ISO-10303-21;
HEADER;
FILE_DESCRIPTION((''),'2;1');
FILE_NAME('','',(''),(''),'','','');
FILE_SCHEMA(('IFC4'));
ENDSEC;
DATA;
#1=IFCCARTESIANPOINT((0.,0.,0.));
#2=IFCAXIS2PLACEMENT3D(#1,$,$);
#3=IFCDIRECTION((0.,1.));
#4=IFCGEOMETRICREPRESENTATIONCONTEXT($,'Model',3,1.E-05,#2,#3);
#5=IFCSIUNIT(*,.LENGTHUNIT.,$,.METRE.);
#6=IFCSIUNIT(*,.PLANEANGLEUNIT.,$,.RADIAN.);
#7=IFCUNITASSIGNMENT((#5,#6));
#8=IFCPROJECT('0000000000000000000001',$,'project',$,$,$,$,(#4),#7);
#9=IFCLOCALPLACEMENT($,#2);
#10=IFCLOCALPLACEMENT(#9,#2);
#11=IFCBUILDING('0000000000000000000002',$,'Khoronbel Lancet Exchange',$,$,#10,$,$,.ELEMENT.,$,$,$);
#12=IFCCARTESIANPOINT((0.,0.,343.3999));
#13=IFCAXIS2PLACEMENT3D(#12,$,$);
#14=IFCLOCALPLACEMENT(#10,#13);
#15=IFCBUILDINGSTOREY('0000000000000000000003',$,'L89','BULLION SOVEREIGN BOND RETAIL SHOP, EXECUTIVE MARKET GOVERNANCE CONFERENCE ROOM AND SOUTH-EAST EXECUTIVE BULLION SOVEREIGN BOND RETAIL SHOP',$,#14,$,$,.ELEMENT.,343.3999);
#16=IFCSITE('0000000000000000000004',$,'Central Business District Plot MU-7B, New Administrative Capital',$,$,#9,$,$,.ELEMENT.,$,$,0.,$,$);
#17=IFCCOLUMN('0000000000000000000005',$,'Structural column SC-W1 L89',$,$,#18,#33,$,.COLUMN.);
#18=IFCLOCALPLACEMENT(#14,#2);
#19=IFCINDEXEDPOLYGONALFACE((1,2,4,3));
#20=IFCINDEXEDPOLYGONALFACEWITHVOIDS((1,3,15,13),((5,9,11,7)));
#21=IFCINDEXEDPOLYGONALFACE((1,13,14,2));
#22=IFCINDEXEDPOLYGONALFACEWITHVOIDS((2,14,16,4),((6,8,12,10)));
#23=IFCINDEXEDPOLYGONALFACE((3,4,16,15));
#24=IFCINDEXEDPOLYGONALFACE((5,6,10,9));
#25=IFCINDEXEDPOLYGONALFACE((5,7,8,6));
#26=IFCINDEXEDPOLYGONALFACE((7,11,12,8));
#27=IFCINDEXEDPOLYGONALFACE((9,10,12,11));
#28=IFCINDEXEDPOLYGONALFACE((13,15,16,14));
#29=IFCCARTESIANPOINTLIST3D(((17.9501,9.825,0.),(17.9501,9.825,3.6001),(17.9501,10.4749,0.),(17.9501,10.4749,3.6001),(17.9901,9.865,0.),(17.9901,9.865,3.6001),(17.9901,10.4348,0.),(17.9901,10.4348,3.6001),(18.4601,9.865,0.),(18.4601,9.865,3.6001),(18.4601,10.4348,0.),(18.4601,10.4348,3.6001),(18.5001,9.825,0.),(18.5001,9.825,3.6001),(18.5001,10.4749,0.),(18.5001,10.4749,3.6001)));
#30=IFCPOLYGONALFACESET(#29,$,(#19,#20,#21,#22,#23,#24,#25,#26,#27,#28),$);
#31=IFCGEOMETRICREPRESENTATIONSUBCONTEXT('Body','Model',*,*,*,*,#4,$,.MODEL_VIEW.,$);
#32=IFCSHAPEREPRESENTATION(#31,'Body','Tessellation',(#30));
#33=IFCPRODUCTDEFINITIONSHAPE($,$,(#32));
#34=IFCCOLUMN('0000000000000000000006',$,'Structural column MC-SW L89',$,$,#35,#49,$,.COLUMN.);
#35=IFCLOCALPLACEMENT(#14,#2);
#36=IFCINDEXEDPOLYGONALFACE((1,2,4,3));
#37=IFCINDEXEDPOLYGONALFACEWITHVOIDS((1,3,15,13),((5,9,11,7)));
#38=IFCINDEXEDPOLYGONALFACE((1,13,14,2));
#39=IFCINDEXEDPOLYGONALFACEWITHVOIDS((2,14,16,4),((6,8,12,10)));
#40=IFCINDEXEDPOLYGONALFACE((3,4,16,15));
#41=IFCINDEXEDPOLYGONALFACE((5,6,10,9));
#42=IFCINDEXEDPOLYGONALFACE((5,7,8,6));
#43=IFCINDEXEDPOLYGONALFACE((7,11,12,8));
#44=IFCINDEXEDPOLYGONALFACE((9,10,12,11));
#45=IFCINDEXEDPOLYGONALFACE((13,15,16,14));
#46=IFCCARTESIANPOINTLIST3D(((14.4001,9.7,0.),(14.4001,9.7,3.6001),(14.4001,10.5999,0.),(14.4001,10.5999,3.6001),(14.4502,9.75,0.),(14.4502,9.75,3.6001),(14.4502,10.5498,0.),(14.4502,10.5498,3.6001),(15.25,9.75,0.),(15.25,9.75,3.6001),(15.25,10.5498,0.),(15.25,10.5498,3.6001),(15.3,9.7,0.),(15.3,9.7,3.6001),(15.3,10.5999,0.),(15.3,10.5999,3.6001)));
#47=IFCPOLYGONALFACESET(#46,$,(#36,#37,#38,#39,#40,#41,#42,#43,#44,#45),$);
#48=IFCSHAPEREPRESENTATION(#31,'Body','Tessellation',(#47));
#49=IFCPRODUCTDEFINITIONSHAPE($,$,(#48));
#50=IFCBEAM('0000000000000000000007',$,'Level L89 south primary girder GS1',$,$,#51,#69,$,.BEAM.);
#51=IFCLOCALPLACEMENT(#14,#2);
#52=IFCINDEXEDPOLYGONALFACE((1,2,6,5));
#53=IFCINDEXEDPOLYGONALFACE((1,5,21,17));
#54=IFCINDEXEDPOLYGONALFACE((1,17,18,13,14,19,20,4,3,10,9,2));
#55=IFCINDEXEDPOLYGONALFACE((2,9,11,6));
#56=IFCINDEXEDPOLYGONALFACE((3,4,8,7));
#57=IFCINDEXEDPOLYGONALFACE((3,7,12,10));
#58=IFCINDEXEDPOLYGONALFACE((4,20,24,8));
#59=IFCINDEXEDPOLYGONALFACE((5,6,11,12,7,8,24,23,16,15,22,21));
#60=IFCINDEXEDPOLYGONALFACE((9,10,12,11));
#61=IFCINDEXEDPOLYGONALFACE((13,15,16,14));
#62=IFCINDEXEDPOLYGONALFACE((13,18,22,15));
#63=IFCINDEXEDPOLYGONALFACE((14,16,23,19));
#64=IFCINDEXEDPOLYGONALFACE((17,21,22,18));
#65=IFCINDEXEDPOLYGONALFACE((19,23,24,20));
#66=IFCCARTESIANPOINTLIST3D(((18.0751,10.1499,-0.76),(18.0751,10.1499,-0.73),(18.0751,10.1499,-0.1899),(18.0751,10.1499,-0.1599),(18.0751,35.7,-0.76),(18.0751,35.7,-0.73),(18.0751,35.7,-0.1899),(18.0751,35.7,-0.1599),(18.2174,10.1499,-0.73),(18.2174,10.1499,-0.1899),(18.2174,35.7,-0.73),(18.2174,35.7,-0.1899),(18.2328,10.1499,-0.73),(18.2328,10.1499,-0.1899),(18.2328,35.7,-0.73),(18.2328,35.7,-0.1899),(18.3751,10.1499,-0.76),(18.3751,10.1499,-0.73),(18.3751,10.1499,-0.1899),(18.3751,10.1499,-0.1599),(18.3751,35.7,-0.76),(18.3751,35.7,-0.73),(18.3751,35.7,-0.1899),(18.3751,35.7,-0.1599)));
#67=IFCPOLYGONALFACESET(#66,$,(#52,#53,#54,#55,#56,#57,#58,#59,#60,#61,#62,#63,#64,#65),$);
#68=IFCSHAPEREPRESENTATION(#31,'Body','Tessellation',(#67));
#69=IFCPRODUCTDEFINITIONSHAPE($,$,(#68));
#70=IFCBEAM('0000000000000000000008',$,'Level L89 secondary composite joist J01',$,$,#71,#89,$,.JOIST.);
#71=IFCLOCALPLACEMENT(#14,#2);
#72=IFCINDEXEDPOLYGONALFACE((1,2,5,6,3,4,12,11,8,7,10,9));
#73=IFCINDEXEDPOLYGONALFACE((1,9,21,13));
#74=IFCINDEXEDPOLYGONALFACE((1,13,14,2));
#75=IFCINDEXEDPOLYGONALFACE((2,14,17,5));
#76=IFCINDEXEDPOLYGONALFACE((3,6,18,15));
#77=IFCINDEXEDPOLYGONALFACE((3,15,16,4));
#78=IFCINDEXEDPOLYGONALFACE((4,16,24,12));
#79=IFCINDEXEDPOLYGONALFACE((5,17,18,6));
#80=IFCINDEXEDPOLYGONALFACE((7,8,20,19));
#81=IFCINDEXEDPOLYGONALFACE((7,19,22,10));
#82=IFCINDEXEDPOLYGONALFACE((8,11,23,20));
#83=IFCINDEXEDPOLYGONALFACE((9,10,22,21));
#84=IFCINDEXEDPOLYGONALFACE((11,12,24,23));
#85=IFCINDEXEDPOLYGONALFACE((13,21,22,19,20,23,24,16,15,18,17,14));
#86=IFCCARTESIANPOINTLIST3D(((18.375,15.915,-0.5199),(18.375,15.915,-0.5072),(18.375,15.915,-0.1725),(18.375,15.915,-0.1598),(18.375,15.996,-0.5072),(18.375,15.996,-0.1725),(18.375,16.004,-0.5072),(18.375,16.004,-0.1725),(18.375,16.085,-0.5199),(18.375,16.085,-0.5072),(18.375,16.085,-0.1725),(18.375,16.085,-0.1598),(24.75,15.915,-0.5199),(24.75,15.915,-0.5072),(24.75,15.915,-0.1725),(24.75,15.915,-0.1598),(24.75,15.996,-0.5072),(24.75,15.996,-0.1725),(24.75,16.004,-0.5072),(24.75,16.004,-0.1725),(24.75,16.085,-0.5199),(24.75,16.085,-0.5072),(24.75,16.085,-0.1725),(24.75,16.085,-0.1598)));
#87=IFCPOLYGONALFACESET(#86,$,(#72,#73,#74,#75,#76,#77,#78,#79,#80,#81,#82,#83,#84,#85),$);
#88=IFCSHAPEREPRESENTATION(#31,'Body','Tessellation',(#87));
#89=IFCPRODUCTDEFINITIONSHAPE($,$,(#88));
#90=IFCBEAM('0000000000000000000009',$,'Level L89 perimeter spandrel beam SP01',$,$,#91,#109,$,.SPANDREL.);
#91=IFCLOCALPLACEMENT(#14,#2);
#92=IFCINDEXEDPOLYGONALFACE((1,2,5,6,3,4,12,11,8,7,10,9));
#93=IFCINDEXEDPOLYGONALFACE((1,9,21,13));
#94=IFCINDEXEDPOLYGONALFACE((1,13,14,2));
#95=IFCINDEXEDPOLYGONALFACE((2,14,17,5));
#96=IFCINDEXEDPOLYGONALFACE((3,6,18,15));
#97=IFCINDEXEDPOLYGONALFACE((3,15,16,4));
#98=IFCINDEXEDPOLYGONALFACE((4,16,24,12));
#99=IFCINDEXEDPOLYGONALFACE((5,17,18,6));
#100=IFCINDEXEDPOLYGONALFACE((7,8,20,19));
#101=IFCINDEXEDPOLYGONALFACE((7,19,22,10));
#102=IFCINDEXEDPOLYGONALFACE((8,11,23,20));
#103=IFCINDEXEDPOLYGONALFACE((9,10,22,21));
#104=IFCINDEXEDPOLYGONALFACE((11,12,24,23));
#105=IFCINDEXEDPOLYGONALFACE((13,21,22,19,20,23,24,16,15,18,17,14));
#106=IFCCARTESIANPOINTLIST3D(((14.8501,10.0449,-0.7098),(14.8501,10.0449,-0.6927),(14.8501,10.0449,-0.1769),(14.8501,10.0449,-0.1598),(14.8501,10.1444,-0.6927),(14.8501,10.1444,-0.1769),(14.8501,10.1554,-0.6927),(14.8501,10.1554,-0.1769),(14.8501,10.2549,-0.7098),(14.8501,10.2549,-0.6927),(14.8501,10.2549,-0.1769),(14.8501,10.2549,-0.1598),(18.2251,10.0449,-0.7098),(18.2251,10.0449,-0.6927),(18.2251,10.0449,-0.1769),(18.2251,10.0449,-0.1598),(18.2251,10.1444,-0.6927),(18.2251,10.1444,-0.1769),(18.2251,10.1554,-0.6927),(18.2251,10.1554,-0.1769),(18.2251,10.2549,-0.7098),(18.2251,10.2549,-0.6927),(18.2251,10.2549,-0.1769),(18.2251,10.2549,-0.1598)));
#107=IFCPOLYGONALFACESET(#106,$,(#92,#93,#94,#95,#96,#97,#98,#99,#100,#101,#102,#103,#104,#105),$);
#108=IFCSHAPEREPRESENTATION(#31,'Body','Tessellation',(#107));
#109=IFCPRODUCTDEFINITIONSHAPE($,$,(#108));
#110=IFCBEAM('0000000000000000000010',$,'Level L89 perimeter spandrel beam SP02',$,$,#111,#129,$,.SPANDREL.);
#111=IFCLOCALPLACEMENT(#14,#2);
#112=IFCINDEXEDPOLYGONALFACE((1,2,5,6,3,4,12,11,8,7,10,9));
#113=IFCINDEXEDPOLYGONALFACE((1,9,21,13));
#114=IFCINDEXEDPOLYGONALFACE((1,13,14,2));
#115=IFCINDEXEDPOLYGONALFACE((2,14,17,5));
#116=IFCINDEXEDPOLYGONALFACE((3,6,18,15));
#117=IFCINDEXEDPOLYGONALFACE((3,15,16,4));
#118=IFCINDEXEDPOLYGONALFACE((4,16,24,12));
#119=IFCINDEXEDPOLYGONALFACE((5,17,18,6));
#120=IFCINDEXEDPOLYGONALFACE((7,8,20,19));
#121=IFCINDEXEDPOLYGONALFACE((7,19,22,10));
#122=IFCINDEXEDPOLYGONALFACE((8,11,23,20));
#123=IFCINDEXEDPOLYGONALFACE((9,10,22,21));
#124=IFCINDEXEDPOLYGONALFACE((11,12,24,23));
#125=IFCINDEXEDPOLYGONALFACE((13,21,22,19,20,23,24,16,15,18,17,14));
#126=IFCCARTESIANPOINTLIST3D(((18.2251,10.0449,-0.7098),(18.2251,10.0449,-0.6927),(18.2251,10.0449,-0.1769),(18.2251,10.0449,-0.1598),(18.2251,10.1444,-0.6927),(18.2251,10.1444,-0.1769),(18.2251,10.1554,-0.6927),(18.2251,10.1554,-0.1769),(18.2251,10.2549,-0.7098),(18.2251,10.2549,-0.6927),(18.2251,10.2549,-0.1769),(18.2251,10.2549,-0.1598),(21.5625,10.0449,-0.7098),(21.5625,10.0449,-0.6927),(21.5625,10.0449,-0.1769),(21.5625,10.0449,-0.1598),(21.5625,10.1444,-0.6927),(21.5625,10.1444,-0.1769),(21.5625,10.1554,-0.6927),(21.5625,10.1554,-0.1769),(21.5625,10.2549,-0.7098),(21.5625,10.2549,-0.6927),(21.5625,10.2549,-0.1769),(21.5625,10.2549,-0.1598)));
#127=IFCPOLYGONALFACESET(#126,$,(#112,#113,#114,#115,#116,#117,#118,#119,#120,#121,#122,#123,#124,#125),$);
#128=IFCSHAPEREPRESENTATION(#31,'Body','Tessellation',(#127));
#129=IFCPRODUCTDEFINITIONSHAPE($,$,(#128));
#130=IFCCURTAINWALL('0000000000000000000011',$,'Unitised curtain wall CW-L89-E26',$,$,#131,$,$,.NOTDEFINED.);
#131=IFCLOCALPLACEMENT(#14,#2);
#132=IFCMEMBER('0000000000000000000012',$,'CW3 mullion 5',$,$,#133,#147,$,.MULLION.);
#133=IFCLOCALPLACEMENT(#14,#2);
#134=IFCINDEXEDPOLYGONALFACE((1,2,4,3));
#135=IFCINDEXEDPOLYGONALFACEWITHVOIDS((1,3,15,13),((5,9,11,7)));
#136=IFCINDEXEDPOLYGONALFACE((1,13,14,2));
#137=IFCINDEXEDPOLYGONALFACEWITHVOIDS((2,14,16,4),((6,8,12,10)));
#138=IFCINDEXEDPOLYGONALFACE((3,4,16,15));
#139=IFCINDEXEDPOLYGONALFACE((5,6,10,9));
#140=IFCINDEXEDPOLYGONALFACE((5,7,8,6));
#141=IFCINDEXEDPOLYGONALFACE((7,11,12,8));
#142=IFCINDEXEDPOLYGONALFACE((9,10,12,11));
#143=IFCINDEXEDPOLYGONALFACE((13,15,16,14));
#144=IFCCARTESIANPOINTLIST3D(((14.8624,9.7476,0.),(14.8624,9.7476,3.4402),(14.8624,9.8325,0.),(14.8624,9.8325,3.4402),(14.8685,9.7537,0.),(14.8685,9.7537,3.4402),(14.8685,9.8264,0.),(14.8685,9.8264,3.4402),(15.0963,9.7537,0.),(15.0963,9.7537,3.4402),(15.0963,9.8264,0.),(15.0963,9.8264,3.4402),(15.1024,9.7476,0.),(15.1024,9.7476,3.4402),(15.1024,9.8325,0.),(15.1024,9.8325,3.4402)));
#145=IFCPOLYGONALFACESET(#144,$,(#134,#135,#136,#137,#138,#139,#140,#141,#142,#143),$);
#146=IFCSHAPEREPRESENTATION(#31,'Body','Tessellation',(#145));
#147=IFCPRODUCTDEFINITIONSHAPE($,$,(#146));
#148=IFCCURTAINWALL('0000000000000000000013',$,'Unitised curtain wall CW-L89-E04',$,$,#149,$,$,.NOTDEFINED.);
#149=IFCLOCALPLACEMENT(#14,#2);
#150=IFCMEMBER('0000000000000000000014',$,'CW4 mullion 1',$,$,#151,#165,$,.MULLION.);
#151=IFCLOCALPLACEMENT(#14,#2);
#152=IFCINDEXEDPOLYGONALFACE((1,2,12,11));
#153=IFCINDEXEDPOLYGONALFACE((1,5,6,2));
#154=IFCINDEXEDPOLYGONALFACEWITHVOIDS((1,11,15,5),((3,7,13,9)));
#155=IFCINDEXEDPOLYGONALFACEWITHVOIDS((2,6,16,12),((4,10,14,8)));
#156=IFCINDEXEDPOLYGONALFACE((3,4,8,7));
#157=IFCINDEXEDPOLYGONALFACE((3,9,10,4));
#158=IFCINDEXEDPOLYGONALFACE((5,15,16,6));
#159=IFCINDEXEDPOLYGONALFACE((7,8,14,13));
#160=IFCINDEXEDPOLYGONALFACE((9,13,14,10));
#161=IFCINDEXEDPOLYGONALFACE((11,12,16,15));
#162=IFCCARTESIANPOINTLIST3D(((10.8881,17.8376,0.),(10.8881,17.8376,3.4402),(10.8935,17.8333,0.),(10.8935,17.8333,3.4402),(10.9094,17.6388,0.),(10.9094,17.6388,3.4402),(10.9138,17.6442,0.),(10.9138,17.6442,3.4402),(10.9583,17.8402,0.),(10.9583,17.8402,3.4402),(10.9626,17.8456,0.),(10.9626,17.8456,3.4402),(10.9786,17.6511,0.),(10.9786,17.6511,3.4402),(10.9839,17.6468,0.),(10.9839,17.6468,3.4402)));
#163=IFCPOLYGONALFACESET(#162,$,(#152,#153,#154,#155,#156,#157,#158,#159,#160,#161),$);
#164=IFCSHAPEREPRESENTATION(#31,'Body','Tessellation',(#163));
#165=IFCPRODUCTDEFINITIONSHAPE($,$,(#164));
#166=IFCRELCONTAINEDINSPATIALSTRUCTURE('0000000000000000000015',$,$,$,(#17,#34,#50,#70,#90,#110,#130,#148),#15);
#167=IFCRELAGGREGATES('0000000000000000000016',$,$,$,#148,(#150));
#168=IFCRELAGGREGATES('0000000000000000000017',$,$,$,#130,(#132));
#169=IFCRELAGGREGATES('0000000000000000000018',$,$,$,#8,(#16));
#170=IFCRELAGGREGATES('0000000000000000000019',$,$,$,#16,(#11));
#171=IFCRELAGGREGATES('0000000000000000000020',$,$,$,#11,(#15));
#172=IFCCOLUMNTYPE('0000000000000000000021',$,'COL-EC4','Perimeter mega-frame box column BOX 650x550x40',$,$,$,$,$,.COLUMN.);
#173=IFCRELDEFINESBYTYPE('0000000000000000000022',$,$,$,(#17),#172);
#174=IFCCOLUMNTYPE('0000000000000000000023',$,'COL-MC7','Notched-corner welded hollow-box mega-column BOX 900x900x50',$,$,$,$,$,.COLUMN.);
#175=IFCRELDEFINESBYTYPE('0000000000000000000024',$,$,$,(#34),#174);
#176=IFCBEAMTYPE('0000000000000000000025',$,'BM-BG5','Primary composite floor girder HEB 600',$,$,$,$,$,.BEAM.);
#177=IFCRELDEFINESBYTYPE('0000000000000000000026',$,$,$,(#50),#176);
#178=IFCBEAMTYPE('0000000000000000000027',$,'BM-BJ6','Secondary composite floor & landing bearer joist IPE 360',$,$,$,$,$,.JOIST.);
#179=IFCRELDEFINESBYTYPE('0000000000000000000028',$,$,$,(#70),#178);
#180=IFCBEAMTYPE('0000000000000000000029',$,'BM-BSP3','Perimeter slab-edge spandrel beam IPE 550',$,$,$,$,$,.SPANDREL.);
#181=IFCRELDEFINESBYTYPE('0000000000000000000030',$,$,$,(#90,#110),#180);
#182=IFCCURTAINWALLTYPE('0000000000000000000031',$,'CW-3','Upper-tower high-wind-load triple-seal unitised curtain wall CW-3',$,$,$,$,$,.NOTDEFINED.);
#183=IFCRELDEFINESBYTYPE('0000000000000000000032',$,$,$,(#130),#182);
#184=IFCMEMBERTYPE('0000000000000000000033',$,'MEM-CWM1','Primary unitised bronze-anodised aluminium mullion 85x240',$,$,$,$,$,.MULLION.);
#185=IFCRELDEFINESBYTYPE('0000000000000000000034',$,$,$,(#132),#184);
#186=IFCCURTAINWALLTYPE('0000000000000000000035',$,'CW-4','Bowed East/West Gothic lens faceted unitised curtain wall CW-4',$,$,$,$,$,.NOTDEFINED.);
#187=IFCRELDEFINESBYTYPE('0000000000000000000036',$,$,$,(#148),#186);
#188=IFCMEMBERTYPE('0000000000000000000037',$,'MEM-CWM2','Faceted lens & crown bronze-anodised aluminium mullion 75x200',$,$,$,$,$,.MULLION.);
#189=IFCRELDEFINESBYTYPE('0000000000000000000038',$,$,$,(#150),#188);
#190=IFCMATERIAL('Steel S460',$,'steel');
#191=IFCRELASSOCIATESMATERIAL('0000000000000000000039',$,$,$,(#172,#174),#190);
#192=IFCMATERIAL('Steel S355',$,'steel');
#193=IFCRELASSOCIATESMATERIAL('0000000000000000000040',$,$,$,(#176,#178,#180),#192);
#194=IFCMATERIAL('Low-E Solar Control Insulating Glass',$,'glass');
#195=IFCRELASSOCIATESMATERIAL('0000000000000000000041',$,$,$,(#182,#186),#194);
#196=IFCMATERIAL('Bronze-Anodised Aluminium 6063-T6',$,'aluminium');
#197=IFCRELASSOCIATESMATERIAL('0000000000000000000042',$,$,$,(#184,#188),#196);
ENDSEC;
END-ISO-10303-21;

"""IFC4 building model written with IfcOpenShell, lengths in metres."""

from ifc_helpers import new_model, si_unit, direction, frame, origin, origin_2d, place, context, subcontext, project, spatial, hollow_rectangle, i_section, extrude, material, material_profile, profile_set, type_object, element, aggregate, save


model = new_model("IFC4")

# Units and contexts
model_context = context("Model", 3, precision=1e-05, world=origin(), true_north=direction((0.0, 1.0)))
body_context = subcontext(model_context, "Body", "Model", "MODEL_VIEW")
ifc_project = project(units=[si_unit("LENGTHUNIT", "METRE"), si_unit("PLANEANGLEUNIT", "RADIAN")], contexts=[model_context])

# Site, building, storey
site_placement = place(None, origin())
site = spatial("IfcSite", under=ifc_project, at=site_placement, Name="Central Business District Plot MU-7B, New Administrative Capital", CompositionType="ELEMENT", RefElevation=0.0)
building_placement = place(site_placement, origin())
building = spatial("IfcBuilding", under=site, at=building_placement, Name="Khoronbel Lancet Exchange", CompositionType="ELEMENT")
storey_placement = place(building_placement, frame((0.0, 0.0, 343.3999)))
storey = spatial("IfcBuildingStorey", under=building, at=storey_placement, Name="L89", Description="BULLION SOVEREIGN BOND RETAIL SHOP, EXECUTIVE MARKET GOVERNANCE CONFERENCE ROOM AND SOUTH-EAST EXECUTIVE BULLION SOVEREIGN BOND RETAIL SHOP", CompositionType="ELEMENT", Elevation=343.3999)

# Columns
ifc_material_1 = material(Name="Steel S460", Category="steel")
ifc_material_profile_1 = material_profile(ifc_material_1, hollow_rectangle(XDim=0.55, YDim=0.6499, WallThickness=0.04, at=origin_2d()), Name="BOX 650x550x40")
ifc_profile_set_1 = profile_set([ifc_material_profile_1], Name="Steel S460")
column_type_1 = type_object("IfcColumnType", Name="COL-EC4", Description="Perimeter mega-frame box column BOX 650x550x40", PredefinedType="COLUMN", material=ifc_profile_set_1)
column_1_placement = place(storey_placement, frame((18.2251, 10.1499, 0.0), z_axis=(0.0, 0.0, 1.0), x_axis=(1.0, 0.0, 0.0)))
element("IfcColumn", 1, at=column_1_placement, inside=storey, type_object=column_type_1, Name="Structural column SC-W1 L89", PredefinedType="COLUMN", context=body_context, shape_type="SweptSolid", body=[
    extrude(hollow_rectangle(XDim=0.55, YDim=0.6499, WallThickness=0.04, at=origin_2d()), origin(), (0.0, 0.0, 1.0), 3.6001),
])
ifc_material_profile_2 = material_profile(ifc_material_1, hollow_rectangle(XDim=0.8999, YDim=0.8999, WallThickness=0.05, at=origin_2d()), Name="BOX 900x900x50")
ifc_profile_set_2 = profile_set([ifc_material_profile_2], Name="Steel S460")
column_type_2 = type_object("IfcColumnType", Name="COL-MC7", Description="Notched-corner welded hollow-box mega-column BOX 900x900x50", PredefinedType="COLUMN", material=ifc_profile_set_2)
column_2_placement = place(storey_placement, frame((14.8501, 10.1499, 0.0), z_axis=(0.0, 0.0, 1.0), x_axis=(1.0, 0.0, 0.0)))
element("IfcColumn", 2, at=column_2_placement, inside=storey, type_object=column_type_2, Name="Structural column MC-SW L89", PredefinedType="COLUMN", context=body_context, shape_type="SweptSolid", body=[
    extrude(hollow_rectangle(XDim=0.8999, YDim=0.8999, WallThickness=0.05, at=origin_2d()), origin(), (0.0, 0.0, 1.0), 3.6001),
])

# Beams
ifc_material_2 = material(Name="Steel S355", Category="steel")
ifc_material_profile_3 = material_profile(ifc_material_2, i_section(OverallWidth=0.3, OverallDepth=0.6001, WebThickness=0.0154, FlangeThickness=0.03, at=origin_2d()), Name="HEB 600")
ifc_profile_set_3 = profile_set([ifc_material_profile_3], Name="Steel S355")
beam_type_1 = type_object("IfcBeamType", Name="BM-BG5", Description="Primary composite floor girder HEB 600", PredefinedType="BEAM", material=ifc_profile_set_3)
beam_1_placement = place(storey_placement, frame((18.2251, 10.1499, -0.46), z_axis=(0.0, 1.0, 0.0), x_axis=(-1.0, 0.0, 0.0)))
element("IfcBeam", 3, at=beam_1_placement, inside=storey, type_object=beam_type_1, Name="Level L89 south primary girder GS1", PredefinedType="BEAM", context=body_context, shape_type="SweptSolid", body=[
    extrude(i_section(OverallWidth=0.3, OverallDepth=0.6001, WebThickness=0.0154, FlangeThickness=0.03, at=origin_2d()), origin(), (0.0, 0.0, 1.0), 25.55),
])
ifc_material_profile_4 = material_profile(ifc_material_2, i_section(OverallWidth=0.1699, OverallDepth=0.3601, WebThickness=0.0081, FlangeThickness=0.0127, at=origin_2d()), Name="IPE 360")
ifc_profile_set_4 = profile_set([ifc_material_profile_4], Name="Steel S355")
beam_type_2 = type_object("IfcBeamType", Name="BM-BJ6", Description="Secondary composite floor & landing bearer joist IPE 360", PredefinedType="JOIST", material=ifc_profile_set_4)
beam_2_placement = place(storey_placement, frame((18.375, 16.0, -0.3398), z_axis=(1.0, 0.0, 0.0), x_axis=(0.0, 1.0, 0.0)))
element("IfcBeam", 4, at=beam_2_placement, inside=storey, type_object=beam_type_2, Name="Level L89 secondary composite joist J01", PredefinedType="JOIST", context=body_context, shape_type="SweptSolid", body=[
    extrude(i_section(OverallWidth=0.1699, OverallDepth=0.3601, WebThickness=0.0081, FlangeThickness=0.0127, at=origin_2d()), origin(), (0.0, 0.0, 1.0), 6.375),
])
ifc_material_profile_5 = material_profile(ifc_material_2, i_section(OverallWidth=0.21, OverallDepth=0.55, WebThickness=0.011, FlangeThickness=0.0171, at=origin_2d()), Name="IPE 550")
ifc_profile_set_5 = profile_set([ifc_material_profile_5], Name="Steel S355")
beam_type_3 = type_object("IfcBeamType", Name="BM-BSP3", Description="Perimeter slab-edge spandrel beam IPE 550", PredefinedType="SPANDREL", material=ifc_profile_set_5)
beam_3_placement = place(storey_placement, frame((14.8501, 10.1499, -0.4348), z_axis=(1.0, 0.0, 0.0), x_axis=(0.0, 1.0, 0.0)))
element("IfcBeam", 5, at=beam_3_placement, inside=storey, type_object=beam_type_3, Name="Level L89 perimeter spandrel beam SP01", PredefinedType="SPANDREL", context=body_context, shape_type="SweptSolid", body=[
    extrude(i_section(OverallWidth=0.21, OverallDepth=0.55, WebThickness=0.011, FlangeThickness=0.0171, at=origin_2d()), origin(), (0.0, 0.0, 1.0), 3.375),
])
beam_4_placement = place(storey_placement, frame((18.2251, 10.1499, -0.4348), z_axis=(1.0, 0.0, 0.0), x_axis=(0.0, 1.0, 0.0)))
element("IfcBeam", 6, at=beam_4_placement, inside=storey, type_object=beam_type_3, Name="Level L89 perimeter spandrel beam SP02", PredefinedType="SPANDREL", context=body_context, shape_type="SweptSolid", body=[
    extrude(i_section(OverallWidth=0.21, OverallDepth=0.55, WebThickness=0.011, FlangeThickness=0.0171, at=origin_2d()), origin(), (0.0, 0.0, 1.0), 3.3374),
])

# Curtain wall, member
ifc_material_3 = material(Name="Low-E Solar Control Insulating Glass", Category="glass")
curtain_wall_type_1 = type_object("IfcCurtainWallType", Name="CW-3", Description="Upper-tower high-wind-load triple-seal unitised curtain wall CW-3", PredefinedType="NOTDEFINED", material=ifc_material_3)
curtain_wall_1_placement = place(storey_placement, origin())
curtain_wall_1 = element("IfcCurtainWall", 7, at=curtain_wall_1_placement, inside=storey, type_object=curtain_wall_type_1, Name="Unitised curtain wall CW-L89-E26", PredefinedType="NOTDEFINED")
ifc_material_4 = material(Name="Bronze-Anodised Aluminium 6063-T6", Category="aluminium")
ifc_material_profile_6 = material_profile(ifc_material_4, hollow_rectangle(XDim=0.085, YDim=0.24, WallThickness=0.0061, at=origin_2d()), Name="ALU MULLION 85x240")
ifc_profile_set_6 = profile_set([ifc_material_profile_6], Name="Bronze-Anodised Aluminium 6063-T6")
member_type_1 = type_object("IfcMemberType", Name="MEM-CWM1", Description="Primary unitised bronze-anodised aluminium mullion 85x240", PredefinedType="MULLION", material=ifc_profile_set_6)
member_1_placement = place(storey_placement, frame((14.9824, 9.79, 0.0), z_axis=(0.0, 0.0, 1.0), x_axis=(0.0, -1.0, 0.0)))
member_1 = element("IfcMember", 8, at=member_1_placement, type_object=member_type_1, Name="CW3 mullion 5", PredefinedType="MULLION", context=body_context, shape_type="SweptSolid", body=[
    extrude(hollow_rectangle(XDim=0.085, YDim=0.24, WallThickness=0.0061, at=origin_2d()), origin(), (0.0, 0.0, 1.0), 3.4402),
])

# Curtain wall, member
curtain_wall_type_2 = type_object("IfcCurtainWallType", Name="CW-4", Description="Bowed East/West Gothic lens faceted unitised curtain wall CW-4", PredefinedType="NOTDEFINED", material=ifc_material_3)
curtain_wall_2_placement = place(storey_placement, origin())
curtain_wall_2 = element("IfcCurtainWall", 9, at=curtain_wall_2_placement, inside=storey, type_object=curtain_wall_type_2, Name="Unitised curtain wall CW-L89-E04", PredefinedType="NOTDEFINED")
ifc_material_profile_7 = material_profile(ifc_material_4, hollow_rectangle(XDim=0.075, YDim=0.2, WallThickness=0.0049, at=origin_2d()), Name="ALU MULLION 75x200")
ifc_profile_set_7 = profile_set([ifc_material_profile_7], Name="Bronze-Anodised Aluminium 6063-T6")
member_type_2 = type_object("IfcMemberType", Name="MEM-CWM2", Description="Faceted lens & crown bronze-anodised aluminium mullion 75x200", PredefinedType="MULLION", material=ifc_profile_set_7)
member_2_placement = place(storey_placement, frame((10.936, 17.7422, 0.0), z_axis=(0.0, 0.0, 1.0), x_axis=(-0.994309, -0.106538, 0.0)))
member_2 = element("IfcMember", 10, at=member_2_placement, type_object=member_type_2, Name="CW4 mullion 1", PredefinedType="MULLION", context=body_context, shape_type="SweptSolid", body=[
    extrude(hollow_rectangle(XDim=0.075, YDim=0.2, WallThickness=0.0049, at=origin_2d()), origin(), (0.0, 0.0, 1.0), 3.4402),
])
aggregate(curtain_wall_2, [member_2])

aggregate(curtain_wall_1, [member_1])

save(model, "model.ifc")
